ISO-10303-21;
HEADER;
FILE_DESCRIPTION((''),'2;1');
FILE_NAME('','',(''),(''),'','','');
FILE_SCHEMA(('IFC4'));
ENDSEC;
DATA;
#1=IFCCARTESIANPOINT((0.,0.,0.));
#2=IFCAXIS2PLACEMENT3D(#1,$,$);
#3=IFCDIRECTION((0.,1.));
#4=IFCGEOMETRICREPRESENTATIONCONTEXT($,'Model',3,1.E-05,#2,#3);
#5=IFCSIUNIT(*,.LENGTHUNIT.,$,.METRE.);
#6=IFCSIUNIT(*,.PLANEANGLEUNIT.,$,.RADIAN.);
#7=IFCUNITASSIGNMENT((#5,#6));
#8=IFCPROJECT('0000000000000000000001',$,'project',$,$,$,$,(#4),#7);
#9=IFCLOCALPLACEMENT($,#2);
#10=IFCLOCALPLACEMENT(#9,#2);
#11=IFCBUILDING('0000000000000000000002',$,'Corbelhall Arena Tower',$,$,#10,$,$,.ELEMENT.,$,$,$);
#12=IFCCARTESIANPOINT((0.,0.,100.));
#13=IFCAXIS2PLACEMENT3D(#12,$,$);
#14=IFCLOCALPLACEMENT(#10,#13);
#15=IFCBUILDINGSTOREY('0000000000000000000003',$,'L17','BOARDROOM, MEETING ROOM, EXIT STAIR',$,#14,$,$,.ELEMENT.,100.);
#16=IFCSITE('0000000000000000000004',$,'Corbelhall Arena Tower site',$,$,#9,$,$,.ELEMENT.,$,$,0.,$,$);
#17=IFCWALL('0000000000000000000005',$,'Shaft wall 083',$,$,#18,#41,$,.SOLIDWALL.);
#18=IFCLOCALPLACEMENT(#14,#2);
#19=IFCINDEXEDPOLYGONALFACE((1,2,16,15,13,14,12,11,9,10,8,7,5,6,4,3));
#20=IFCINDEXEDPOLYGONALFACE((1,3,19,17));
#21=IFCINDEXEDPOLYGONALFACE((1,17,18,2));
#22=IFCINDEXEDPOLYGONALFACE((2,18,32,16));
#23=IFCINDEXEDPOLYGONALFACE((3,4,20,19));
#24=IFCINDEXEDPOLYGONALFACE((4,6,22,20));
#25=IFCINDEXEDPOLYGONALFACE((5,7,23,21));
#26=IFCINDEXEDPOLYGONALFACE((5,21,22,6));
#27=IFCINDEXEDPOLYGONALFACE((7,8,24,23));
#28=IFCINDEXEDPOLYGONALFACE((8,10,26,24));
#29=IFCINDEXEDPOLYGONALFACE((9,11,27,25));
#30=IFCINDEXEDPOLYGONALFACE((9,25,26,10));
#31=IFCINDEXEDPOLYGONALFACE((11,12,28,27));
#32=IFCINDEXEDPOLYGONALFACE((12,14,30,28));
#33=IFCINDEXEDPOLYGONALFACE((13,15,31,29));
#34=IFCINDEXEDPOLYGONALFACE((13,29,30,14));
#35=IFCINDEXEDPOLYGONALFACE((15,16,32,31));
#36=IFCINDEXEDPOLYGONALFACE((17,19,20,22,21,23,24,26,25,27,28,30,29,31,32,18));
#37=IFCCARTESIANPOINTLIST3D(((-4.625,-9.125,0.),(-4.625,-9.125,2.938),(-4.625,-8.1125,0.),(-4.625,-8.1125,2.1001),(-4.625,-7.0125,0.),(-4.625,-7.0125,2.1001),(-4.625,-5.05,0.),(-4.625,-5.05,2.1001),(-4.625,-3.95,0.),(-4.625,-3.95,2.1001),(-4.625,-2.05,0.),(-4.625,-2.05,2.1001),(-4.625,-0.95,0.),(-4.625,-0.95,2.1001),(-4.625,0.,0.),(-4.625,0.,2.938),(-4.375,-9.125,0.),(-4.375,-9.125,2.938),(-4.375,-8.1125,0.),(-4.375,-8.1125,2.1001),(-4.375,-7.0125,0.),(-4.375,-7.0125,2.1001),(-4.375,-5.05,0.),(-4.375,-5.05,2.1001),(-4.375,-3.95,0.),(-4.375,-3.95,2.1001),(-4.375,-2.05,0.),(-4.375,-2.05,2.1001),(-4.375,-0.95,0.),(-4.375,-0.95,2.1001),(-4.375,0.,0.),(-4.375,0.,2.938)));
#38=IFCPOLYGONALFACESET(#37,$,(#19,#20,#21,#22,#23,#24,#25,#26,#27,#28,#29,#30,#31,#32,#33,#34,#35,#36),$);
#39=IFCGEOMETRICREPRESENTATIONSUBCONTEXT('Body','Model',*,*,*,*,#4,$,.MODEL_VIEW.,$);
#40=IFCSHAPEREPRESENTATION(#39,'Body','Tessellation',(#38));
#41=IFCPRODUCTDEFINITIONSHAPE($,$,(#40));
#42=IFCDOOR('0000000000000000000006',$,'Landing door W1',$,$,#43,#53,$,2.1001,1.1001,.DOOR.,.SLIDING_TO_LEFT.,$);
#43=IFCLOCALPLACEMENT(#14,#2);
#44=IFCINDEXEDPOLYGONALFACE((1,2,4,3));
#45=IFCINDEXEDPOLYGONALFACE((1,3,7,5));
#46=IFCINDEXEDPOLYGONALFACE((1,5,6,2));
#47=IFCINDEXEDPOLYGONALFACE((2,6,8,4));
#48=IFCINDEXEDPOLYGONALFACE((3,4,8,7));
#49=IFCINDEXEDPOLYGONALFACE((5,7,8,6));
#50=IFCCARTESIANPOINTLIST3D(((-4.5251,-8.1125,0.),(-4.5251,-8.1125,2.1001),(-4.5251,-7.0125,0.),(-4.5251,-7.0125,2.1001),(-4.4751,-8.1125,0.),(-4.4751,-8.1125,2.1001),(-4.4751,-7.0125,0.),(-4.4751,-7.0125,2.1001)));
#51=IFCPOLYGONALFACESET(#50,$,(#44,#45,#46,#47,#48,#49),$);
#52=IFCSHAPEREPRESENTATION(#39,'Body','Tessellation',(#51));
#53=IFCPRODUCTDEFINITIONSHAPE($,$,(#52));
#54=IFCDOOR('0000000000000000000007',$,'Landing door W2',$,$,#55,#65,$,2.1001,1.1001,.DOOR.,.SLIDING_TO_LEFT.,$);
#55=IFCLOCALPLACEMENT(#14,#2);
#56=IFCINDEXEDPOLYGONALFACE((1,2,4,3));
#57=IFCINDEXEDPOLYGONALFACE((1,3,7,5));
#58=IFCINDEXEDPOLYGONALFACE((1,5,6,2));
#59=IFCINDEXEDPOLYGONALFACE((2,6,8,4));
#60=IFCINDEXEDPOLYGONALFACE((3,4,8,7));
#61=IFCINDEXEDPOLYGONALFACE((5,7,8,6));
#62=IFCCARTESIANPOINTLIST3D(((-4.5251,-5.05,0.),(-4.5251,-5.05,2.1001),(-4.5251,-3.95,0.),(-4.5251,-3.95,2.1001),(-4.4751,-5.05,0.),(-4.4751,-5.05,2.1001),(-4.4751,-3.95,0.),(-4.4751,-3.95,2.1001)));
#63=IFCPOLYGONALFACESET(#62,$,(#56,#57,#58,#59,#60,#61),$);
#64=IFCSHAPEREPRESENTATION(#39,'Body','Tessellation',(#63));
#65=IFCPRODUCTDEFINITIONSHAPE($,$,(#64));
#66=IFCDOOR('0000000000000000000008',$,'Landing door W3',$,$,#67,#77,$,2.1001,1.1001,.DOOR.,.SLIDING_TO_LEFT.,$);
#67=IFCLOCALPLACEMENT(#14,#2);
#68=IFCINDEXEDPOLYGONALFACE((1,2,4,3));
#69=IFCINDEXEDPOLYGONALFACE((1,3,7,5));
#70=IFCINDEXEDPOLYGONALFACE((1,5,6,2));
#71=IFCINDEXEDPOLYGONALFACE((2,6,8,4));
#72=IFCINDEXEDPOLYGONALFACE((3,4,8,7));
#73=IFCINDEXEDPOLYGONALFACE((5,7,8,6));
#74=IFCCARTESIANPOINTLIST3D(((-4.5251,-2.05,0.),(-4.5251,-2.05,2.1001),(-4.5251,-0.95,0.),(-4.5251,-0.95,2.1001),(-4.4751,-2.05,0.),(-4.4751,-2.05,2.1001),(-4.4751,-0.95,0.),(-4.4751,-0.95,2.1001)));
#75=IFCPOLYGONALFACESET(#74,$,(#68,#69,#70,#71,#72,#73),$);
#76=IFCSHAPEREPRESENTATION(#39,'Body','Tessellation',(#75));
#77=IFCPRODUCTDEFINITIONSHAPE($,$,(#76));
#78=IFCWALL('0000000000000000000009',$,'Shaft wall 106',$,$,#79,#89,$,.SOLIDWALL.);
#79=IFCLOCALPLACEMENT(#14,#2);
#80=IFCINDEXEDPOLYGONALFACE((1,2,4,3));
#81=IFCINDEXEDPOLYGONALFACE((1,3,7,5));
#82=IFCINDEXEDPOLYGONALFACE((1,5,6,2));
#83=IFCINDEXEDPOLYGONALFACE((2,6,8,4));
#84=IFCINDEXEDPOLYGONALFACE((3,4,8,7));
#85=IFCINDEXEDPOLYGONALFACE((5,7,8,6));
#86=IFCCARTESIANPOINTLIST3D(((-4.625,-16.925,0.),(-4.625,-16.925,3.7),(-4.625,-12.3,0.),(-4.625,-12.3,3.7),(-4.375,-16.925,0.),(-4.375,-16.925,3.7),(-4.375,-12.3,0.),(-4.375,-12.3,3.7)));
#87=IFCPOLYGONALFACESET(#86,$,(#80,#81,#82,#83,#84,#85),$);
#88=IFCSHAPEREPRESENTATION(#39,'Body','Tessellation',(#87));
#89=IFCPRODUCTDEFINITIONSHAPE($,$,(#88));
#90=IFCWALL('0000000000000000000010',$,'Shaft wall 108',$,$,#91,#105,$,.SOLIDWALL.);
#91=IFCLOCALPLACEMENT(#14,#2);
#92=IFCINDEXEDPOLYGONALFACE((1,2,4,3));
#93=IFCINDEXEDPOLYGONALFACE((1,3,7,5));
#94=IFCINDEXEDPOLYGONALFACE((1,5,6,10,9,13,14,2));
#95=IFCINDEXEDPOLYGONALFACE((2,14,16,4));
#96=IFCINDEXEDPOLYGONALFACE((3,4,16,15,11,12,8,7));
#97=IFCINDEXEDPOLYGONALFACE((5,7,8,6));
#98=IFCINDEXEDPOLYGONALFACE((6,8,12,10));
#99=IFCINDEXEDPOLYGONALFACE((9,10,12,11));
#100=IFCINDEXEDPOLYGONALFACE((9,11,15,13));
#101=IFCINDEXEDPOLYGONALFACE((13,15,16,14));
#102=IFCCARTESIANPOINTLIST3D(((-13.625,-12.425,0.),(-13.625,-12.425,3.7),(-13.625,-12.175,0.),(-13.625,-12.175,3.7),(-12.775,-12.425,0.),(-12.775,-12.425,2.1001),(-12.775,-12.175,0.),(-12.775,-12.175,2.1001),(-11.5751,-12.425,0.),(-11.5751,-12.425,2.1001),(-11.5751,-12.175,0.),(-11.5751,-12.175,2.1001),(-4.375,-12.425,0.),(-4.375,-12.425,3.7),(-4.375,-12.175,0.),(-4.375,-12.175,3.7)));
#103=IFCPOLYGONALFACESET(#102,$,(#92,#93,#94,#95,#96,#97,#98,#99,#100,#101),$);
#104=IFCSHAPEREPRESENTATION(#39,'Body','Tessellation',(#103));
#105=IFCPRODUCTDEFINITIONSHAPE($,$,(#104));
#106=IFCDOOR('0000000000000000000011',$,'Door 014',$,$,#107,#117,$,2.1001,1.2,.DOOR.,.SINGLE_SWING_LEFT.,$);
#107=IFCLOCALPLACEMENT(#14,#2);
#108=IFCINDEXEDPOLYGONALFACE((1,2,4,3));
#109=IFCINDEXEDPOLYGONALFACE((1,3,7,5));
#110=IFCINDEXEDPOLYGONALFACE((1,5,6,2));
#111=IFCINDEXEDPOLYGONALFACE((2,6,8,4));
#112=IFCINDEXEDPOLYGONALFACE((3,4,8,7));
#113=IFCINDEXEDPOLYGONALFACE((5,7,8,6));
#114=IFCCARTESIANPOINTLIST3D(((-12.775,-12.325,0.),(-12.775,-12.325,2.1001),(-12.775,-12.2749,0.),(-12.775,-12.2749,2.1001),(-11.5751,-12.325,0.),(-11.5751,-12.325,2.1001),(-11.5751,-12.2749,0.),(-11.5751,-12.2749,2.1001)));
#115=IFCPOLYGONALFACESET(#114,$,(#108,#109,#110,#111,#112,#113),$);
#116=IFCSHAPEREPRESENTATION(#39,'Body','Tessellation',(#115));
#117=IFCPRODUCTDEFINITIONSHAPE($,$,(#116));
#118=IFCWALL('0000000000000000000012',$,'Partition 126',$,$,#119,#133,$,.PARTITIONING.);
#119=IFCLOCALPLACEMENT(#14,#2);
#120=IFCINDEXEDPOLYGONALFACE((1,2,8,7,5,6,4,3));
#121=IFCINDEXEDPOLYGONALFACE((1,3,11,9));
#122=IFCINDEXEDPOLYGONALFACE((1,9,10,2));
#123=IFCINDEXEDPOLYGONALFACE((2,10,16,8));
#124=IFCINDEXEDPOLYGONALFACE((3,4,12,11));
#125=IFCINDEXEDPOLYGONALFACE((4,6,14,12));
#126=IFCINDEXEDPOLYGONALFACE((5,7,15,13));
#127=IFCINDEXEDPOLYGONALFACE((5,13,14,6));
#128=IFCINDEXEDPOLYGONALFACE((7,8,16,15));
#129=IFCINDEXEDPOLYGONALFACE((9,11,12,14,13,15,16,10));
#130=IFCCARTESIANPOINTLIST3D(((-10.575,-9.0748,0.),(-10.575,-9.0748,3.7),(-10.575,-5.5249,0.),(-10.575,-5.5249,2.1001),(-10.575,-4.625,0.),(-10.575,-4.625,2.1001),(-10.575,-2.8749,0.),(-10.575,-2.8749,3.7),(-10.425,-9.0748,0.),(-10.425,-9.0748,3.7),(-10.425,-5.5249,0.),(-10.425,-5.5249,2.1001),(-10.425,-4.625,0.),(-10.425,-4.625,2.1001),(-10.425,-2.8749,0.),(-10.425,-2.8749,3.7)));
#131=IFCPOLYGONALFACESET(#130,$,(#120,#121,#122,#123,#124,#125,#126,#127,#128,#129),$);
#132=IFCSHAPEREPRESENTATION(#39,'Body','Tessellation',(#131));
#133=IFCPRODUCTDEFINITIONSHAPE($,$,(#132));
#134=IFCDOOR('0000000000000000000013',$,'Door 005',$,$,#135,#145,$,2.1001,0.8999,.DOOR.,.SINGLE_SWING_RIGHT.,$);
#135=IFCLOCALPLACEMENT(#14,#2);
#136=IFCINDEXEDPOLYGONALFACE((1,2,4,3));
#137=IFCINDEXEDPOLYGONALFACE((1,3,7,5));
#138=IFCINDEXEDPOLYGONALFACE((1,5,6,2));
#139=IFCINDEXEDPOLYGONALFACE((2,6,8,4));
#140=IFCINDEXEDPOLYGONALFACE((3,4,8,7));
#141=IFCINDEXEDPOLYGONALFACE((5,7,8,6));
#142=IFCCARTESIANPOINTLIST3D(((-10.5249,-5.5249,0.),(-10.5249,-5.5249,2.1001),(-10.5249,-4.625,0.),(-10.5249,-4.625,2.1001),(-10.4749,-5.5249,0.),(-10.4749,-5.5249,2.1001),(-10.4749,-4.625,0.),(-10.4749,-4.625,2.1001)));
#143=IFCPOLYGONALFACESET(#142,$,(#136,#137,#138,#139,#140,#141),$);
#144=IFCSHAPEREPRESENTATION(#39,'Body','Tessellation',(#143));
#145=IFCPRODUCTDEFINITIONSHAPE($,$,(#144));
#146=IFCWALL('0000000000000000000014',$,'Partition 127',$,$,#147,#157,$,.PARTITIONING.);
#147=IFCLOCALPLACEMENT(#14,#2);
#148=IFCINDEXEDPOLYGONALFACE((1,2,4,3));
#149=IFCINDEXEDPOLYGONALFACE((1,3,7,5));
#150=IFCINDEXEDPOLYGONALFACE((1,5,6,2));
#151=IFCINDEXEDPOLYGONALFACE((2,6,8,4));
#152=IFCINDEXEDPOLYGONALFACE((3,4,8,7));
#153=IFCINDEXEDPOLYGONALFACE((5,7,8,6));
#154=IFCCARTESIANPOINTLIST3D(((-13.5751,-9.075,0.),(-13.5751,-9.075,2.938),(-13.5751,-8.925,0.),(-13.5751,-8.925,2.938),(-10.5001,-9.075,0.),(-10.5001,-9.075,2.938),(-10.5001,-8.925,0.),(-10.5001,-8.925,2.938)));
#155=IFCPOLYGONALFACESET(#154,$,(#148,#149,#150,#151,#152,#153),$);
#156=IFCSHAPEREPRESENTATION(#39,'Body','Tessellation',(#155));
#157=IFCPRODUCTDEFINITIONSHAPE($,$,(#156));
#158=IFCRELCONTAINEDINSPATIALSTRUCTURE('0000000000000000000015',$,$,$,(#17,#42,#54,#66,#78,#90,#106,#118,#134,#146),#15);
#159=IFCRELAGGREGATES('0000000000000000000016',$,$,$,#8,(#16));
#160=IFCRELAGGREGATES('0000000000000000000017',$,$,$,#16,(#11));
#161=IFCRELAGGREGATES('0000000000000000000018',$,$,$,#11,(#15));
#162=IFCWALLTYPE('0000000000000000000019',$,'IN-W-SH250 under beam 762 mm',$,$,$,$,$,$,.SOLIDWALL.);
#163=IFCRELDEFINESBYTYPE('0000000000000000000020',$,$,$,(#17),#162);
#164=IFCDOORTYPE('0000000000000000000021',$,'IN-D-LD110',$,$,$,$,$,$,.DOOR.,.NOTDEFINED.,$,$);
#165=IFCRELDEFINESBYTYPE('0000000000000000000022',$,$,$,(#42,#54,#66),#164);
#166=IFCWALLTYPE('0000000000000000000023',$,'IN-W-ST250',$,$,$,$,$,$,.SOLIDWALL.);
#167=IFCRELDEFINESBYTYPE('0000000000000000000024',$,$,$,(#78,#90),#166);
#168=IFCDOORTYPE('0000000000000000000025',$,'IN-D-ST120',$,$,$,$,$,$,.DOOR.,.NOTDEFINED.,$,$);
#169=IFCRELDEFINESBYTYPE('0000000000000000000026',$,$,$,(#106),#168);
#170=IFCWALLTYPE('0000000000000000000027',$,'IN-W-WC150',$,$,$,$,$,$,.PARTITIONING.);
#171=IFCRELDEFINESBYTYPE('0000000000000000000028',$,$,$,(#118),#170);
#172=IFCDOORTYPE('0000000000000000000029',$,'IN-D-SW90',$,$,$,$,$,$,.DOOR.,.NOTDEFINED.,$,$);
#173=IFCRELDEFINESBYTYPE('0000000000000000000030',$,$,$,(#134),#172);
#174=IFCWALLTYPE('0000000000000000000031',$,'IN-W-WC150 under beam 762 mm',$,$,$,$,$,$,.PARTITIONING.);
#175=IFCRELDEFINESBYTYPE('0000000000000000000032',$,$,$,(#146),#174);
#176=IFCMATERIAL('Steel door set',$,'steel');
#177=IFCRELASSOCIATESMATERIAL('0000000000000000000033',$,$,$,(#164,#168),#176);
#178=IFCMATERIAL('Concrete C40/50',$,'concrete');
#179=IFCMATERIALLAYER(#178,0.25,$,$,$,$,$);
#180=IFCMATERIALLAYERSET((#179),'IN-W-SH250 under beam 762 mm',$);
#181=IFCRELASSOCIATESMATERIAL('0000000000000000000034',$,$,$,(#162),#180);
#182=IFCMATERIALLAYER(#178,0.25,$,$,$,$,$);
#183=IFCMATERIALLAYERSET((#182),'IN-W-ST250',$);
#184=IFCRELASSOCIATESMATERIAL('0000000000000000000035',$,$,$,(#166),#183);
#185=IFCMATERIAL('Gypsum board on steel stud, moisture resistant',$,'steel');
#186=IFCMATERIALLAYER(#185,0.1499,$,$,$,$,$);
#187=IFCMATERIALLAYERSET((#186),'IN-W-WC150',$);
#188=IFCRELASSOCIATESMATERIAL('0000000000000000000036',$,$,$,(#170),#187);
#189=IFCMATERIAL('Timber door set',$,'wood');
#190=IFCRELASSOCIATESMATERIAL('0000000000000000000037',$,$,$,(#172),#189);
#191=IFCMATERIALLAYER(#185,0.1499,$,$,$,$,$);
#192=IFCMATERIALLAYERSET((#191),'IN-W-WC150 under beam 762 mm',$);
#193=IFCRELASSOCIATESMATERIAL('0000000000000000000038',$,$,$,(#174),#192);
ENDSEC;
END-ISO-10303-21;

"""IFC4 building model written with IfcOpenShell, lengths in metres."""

from ifc_helpers import new_model, si_unit, direction, frame, frame_2d, origin, place, context, subcontext, project, spatial, rectangle, extrude, material, layer, layer_set, type_object, element, fill, save


model = new_model("IFC4")

# Units and contexts
model_context = context("Model", 3, precision=1e-05, world=origin(), true_north=direction((0.0, 1.0)))
body_context = subcontext(model_context, "Body", "Model", "MODEL_VIEW")
ifc_project = project(units=[si_unit("LENGTHUNIT", "METRE"), si_unit("PLANEANGLEUNIT", "RADIAN")], contexts=[model_context])

# Site, building, storey
site_placement = place(None, origin())
site = spatial("IfcSite", under=ifc_project, at=site_placement, Name="Corbelhall Arena Tower site", CompositionType="ELEMENT", RefElevation=0.0)
building_placement = place(site_placement, origin())
building = spatial("IfcBuilding", under=site, at=building_placement, Name="Corbelhall Arena Tower", CompositionType="ELEMENT")
storey_placement = place(building_placement, frame((0.0, 0.0, 100.0)))
storey = spatial("IfcBuildingStorey", under=building, at=storey_placement, Name="L17", Description="BOARDROOM, MEETING ROOM, EXIT STAIR", CompositionType="ELEMENT", Elevation=100.0)

# Shared definitions
ifc_material_1 = material(Name="Concrete C40/50", Category="concrete")
ifc_material_2 = material(Name="Steel door set", Category="steel")
door_type_1 = type_object("IfcDoorType", Name="IN-D-LD110", OperationType="NOTDEFINED", PredefinedType="DOOR", material=ifc_material_2)

# Shared definitions
ifc_layer_1 = layer(ifc_material_1, 0.25)
ifc_layer_set_1 = layer_set([ifc_layer_1], Name="IN-W-SH250 under beam 762 mm")
wall_type_1 = type_object("IfcWallType", Name="IN-W-SH250 under beam 762 mm", PredefinedType="SOLIDWALL", material=ifc_layer_set_1)

# Wall, openings, doors
wall_1_placement = place(storey_placement, frame((-4.5, 0.0, 0.0), z_axis=(0.0, 0.0, 1.0), x_axis=(0.0, -1.0, 0.0)))
wall_1 = element("IfcWall", 1, at=wall_1_placement, inside=storey, type_object=wall_type_1, Name="Shaft wall 083", PredefinedType="SOLIDWALL", context=body_context, shape_type="SweptSolid", body=[
    extrude(rectangle(XDim=9.125, YDim=0.25, at=frame_2d((4.5625, 0.0))), origin(), (0.0, 0.0, 1.0), 2.938),
])
opening_1_placement = place(wall_1_placement, frame((7.0125, 0.0, 0.0)))
opening_1 = element("IfcOpeningElement", 2, at=opening_1_placement, cuts=wall_1, PredefinedType="OPENING", context=body_context, shape_type="SweptSolid", body=[
    extrude(rectangle(XDim=1.1001, YDim=2.1001, at=frame_2d((0.55, 1.05))), frame((0.0, 0.125, 0.0), z_axis=(0.0, -1.0, 0.0), x_axis=(1.0, 0.0, 0.0)), (0.0, 0.0, 1.0), 0.25),
])
opening_2_placement = place(wall_1_placement, frame((3.95, 0.0, 0.0)))
opening_2 = element("IfcOpeningElement", 3, at=opening_2_placement, cuts=wall_1, PredefinedType="OPENING", context=body_context, shape_type="SweptSolid", body=[
    extrude(rectangle(XDim=1.1001, YDim=2.1001, at=frame_2d((0.55, 1.05))), frame((0.0, 0.125, 0.0), z_axis=(0.0, -1.0, 0.0), x_axis=(1.0, 0.0, 0.0)), (0.0, 0.0, 1.0), 0.25),
])
opening_3_placement = place(wall_1_placement, frame((0.95, 0.0, 0.0)))
opening_3 = element("IfcOpeningElement", 4, at=opening_3_placement, cuts=wall_1, PredefinedType="OPENING", context=body_context, shape_type="SweptSolid", body=[
    extrude(rectangle(XDim=1.1001, YDim=2.1001, at=frame_2d((0.55, 1.05))), frame((0.0, 0.125, 0.0), z_axis=(0.0, -1.0, 0.0), x_axis=(1.0, 0.0, 0.0)), (0.0, 0.0, 1.0), 0.25),
])
door_1_placement = place(opening_1_placement, origin())
door_1 = element("IfcDoor", 5, at=door_1_placement, inside=storey, type_object=door_type_1, Name="Landing door W1", OperationType="SLIDING_TO_LEFT", OverallHeight=2.1001, OverallWidth=1.1001, PredefinedType="DOOR", context=body_context, shape_type="SweptSolid", body=[
    extrude(rectangle(XDim=1.1001, YDim=2.1001, at=frame_2d((0.55, 1.05))), frame((0.0, 0.0249, 0.0), z_axis=(0.0, -1.0, 0.0), x_axis=(1.0, 0.0, 0.0)), (0.0, 0.0, 1.0), 0.05),
])
fill(opening_1, door_1)
door_2_placement = place(opening_2_placement, origin())
door_2 = element("IfcDoor", 6, at=door_2_placement, inside=storey, type_object=door_type_1, Name="Landing door W2", OperationType="SLIDING_TO_LEFT", OverallHeight=2.1001, OverallWidth=1.1001, PredefinedType="DOOR", context=body_context, shape_type="SweptSolid", body=[
    extrude(rectangle(XDim=1.1001, YDim=2.1001, at=frame_2d((0.55, 1.05))), frame((0.0, 0.0249, 0.0), z_axis=(0.0, -1.0, 0.0), x_axis=(1.0, 0.0, 0.0)), (0.0, 0.0, 1.0), 0.05),
])
fill(opening_2, door_2)
door_3_placement = place(opening_3_placement, origin())
door_3 = element("IfcDoor", 7, at=door_3_placement, inside=storey, type_object=door_type_1, Name="Landing door W3", OperationType="SLIDING_TO_LEFT", OverallHeight=2.1001, OverallWidth=1.1001, PredefinedType="DOOR", context=body_context, shape_type="SweptSolid", body=[
    extrude(rectangle(XDim=1.1001, YDim=2.1001, at=frame_2d((0.55, 1.05))), frame((0.0, 0.0249, 0.0), z_axis=(0.0, -1.0, 0.0), x_axis=(1.0, 0.0, 0.0)), (0.0, 0.0, 1.0), 0.05),
])
fill(opening_3, door_3)

# Wall
ifc_layer_2 = layer(ifc_material_1, 0.25)
ifc_layer_set_2 = layer_set([ifc_layer_2], Name="IN-W-ST250")
wall_type_2 = type_object("IfcWallType", Name="IN-W-ST250", PredefinedType="SOLIDWALL", material=ifc_layer_set_2)
wall_2_placement = place(storey_placement, frame((-4.5, -12.3, 0.0), z_axis=(0.0, 0.0, 1.0), x_axis=(0.0, -1.0, 0.0)))
element("IfcWall", 8, at=wall_2_placement, inside=storey, type_object=wall_type_2, Name="Shaft wall 106", PredefinedType="SOLIDWALL", context=body_context, shape_type="SweptSolid", body=[
    extrude(rectangle(XDim=4.625, YDim=0.25, at=frame_2d((2.3125, 0.0))), origin(), (0.0, 0.0, 1.0), 3.7),
])

# Walls, openings, doors
wall_3_placement = place(storey_placement, frame((-4.375, -12.3, 0.0), z_axis=(0.0, 0.0, 1.0), x_axis=(-1.0, 0.0, 0.0)))
wall_3 = element("IfcWall", 9, at=wall_3_placement, inside=storey, type_object=wall_type_2, Name="Shaft wall 108", PredefinedType="SOLIDWALL", context=body_context, shape_type="SweptSolid", body=[
    extrude(rectangle(XDim=9.25, YDim=0.25, at=frame_2d((4.625, 0.0))), origin(), (0.0, 0.0, 1.0), 3.7),
])
opening_4_placement = place(wall_3_placement, frame((7.2, 0.0, 0.0)))
opening_4 = element("IfcOpeningElement", 10, at=opening_4_placement, cuts=wall_3, PredefinedType="OPENING", context=body_context, shape_type="SweptSolid", body=[
    extrude(rectangle(XDim=1.2, YDim=2.1001, at=frame_2d((0.6001, 1.05))), frame((0.0, 0.125, 0.0), z_axis=(0.0, -1.0, 0.0), x_axis=(1.0, 0.0, 0.0)), (0.0, 0.0, 1.0), 0.25),
])
door_type_2 = type_object("IfcDoorType", Name="IN-D-ST120", OperationType="NOTDEFINED", PredefinedType="DOOR", material=ifc_material_2)
door_4_placement = place(opening_4_placement, origin())
door_4 = element("IfcDoor", 11, at=door_4_placement, inside=storey, type_object=door_type_2, Name="Door 014", OperationType="SINGLE_SWING_LEFT", OverallHeight=2.1001, OverallWidth=1.2, PredefinedType="DOOR", context=body_context, shape_type="SweptSolid", body=[
    extrude(rectangle(XDim=1.2, YDim=2.1001, at=frame_2d((0.6001, 1.05))), frame((0.0, 0.0249, 0.0), z_axis=(0.0, -1.0, 0.0), x_axis=(1.0, 0.0, 0.0)), (0.0, 0.0, 1.0), 0.05),
])
fill(opening_4, door_4)
ifc_material_3 = material(Name="Gypsum board on steel stud, moisture resistant", Category="steel")
ifc_layer_3 = layer(ifc_material_3, 0.1499)
ifc_layer_set_3 = layer_set([ifc_layer_3], Name="IN-W-WC150")
wall_type_3 = type_object("IfcWallType", Name="IN-W-WC150", PredefinedType="PARTITIONING", material=ifc_layer_set_3)
wall_4_placement = place(storey_placement, frame((-10.5, -9.075, 0.0), z_axis=(0.0, 0.0, 1.0), x_axis=(0.0, 1.0, 0.0)))
wall_4 = element("IfcWall", 12, at=wall_4_placement, inside=storey, type_object=wall_type_3, Name="Partition 126", PredefinedType="PARTITIONING", context=body_context, shape_type="SweptSolid", body=[
    extrude(rectangle(XDim=6.2, YDim=0.1499, at=frame_2d((3.1001, 0.0))), origin(), (0.0, 0.0, 1.0), 3.7),
])
opening_5_placement = place(wall_4_placement, frame((3.55, 0.0, 0.0)))
opening_5 = element("IfcOpeningElement", 13, at=opening_5_placement, cuts=wall_4, PredefinedType="OPENING", context=body_context, shape_type="SweptSolid", body=[
    extrude(rectangle(XDim=0.8999, YDim=2.1001, at=frame_2d((0.45, 1.05))), frame((0.0, 0.075, 0.0), z_axis=(0.0, -1.0, 0.0), x_axis=(1.0, 0.0, 0.0)), (0.0, 0.0, 1.0), 0.1499),
])
ifc_material_4 = material(Name="Timber door set", Category="wood")
door_type_3 = type_object("IfcDoorType", Name="IN-D-SW90", OperationType="NOTDEFINED", PredefinedType="DOOR", material=ifc_material_4)
door_5_placement = place(opening_5_placement, origin())
door_5 = element("IfcDoor", 14, at=door_5_placement, inside=storey, type_object=door_type_3, Name="Door 005", OperationType="SINGLE_SWING_RIGHT", OverallHeight=2.1001, OverallWidth=0.8999, PredefinedType="DOOR", context=body_context, shape_type="SweptSolid", body=[
    extrude(rectangle(XDim=0.8999, YDim=2.1001, at=frame_2d((0.45, 1.05))), frame((0.0, 0.0249, 0.0), z_axis=(0.0, -1.0, 0.0), x_axis=(1.0, 0.0, 0.0)), (0.0, 0.0, 1.0), 0.05),
])
fill(opening_5, door_5)

# Wall
ifc_layer_4 = layer(ifc_material_3, 0.1499)
ifc_layer_set_4 = layer_set([ifc_layer_4], Name="IN-W-WC150 under beam 762 mm")
wall_type_4 = type_object("IfcWallType", Name="IN-W-WC150 under beam 762 mm", PredefinedType="PARTITIONING", material=ifc_layer_set_4)
wall_5_placement = place(storey_placement, frame((-10.5, -9.0, 0.0), z_axis=(0.0, 0.0, 1.0), x_axis=(-1.0, 0.0, 0.0)))
element("IfcWall", 15, at=wall_5_placement, inside=storey, type_object=wall_type_4, Name="Partition 127", PredefinedType="PARTITIONING", context=body_context, shape_type="SweptSolid", body=[
    extrude(rectangle(XDim=3.075, YDim=0.1499, at=frame_2d((1.5376, 0.0))), origin(), (0.0, 0.0, 1.0), 2.938),
])

save(model, "model.ifc")
